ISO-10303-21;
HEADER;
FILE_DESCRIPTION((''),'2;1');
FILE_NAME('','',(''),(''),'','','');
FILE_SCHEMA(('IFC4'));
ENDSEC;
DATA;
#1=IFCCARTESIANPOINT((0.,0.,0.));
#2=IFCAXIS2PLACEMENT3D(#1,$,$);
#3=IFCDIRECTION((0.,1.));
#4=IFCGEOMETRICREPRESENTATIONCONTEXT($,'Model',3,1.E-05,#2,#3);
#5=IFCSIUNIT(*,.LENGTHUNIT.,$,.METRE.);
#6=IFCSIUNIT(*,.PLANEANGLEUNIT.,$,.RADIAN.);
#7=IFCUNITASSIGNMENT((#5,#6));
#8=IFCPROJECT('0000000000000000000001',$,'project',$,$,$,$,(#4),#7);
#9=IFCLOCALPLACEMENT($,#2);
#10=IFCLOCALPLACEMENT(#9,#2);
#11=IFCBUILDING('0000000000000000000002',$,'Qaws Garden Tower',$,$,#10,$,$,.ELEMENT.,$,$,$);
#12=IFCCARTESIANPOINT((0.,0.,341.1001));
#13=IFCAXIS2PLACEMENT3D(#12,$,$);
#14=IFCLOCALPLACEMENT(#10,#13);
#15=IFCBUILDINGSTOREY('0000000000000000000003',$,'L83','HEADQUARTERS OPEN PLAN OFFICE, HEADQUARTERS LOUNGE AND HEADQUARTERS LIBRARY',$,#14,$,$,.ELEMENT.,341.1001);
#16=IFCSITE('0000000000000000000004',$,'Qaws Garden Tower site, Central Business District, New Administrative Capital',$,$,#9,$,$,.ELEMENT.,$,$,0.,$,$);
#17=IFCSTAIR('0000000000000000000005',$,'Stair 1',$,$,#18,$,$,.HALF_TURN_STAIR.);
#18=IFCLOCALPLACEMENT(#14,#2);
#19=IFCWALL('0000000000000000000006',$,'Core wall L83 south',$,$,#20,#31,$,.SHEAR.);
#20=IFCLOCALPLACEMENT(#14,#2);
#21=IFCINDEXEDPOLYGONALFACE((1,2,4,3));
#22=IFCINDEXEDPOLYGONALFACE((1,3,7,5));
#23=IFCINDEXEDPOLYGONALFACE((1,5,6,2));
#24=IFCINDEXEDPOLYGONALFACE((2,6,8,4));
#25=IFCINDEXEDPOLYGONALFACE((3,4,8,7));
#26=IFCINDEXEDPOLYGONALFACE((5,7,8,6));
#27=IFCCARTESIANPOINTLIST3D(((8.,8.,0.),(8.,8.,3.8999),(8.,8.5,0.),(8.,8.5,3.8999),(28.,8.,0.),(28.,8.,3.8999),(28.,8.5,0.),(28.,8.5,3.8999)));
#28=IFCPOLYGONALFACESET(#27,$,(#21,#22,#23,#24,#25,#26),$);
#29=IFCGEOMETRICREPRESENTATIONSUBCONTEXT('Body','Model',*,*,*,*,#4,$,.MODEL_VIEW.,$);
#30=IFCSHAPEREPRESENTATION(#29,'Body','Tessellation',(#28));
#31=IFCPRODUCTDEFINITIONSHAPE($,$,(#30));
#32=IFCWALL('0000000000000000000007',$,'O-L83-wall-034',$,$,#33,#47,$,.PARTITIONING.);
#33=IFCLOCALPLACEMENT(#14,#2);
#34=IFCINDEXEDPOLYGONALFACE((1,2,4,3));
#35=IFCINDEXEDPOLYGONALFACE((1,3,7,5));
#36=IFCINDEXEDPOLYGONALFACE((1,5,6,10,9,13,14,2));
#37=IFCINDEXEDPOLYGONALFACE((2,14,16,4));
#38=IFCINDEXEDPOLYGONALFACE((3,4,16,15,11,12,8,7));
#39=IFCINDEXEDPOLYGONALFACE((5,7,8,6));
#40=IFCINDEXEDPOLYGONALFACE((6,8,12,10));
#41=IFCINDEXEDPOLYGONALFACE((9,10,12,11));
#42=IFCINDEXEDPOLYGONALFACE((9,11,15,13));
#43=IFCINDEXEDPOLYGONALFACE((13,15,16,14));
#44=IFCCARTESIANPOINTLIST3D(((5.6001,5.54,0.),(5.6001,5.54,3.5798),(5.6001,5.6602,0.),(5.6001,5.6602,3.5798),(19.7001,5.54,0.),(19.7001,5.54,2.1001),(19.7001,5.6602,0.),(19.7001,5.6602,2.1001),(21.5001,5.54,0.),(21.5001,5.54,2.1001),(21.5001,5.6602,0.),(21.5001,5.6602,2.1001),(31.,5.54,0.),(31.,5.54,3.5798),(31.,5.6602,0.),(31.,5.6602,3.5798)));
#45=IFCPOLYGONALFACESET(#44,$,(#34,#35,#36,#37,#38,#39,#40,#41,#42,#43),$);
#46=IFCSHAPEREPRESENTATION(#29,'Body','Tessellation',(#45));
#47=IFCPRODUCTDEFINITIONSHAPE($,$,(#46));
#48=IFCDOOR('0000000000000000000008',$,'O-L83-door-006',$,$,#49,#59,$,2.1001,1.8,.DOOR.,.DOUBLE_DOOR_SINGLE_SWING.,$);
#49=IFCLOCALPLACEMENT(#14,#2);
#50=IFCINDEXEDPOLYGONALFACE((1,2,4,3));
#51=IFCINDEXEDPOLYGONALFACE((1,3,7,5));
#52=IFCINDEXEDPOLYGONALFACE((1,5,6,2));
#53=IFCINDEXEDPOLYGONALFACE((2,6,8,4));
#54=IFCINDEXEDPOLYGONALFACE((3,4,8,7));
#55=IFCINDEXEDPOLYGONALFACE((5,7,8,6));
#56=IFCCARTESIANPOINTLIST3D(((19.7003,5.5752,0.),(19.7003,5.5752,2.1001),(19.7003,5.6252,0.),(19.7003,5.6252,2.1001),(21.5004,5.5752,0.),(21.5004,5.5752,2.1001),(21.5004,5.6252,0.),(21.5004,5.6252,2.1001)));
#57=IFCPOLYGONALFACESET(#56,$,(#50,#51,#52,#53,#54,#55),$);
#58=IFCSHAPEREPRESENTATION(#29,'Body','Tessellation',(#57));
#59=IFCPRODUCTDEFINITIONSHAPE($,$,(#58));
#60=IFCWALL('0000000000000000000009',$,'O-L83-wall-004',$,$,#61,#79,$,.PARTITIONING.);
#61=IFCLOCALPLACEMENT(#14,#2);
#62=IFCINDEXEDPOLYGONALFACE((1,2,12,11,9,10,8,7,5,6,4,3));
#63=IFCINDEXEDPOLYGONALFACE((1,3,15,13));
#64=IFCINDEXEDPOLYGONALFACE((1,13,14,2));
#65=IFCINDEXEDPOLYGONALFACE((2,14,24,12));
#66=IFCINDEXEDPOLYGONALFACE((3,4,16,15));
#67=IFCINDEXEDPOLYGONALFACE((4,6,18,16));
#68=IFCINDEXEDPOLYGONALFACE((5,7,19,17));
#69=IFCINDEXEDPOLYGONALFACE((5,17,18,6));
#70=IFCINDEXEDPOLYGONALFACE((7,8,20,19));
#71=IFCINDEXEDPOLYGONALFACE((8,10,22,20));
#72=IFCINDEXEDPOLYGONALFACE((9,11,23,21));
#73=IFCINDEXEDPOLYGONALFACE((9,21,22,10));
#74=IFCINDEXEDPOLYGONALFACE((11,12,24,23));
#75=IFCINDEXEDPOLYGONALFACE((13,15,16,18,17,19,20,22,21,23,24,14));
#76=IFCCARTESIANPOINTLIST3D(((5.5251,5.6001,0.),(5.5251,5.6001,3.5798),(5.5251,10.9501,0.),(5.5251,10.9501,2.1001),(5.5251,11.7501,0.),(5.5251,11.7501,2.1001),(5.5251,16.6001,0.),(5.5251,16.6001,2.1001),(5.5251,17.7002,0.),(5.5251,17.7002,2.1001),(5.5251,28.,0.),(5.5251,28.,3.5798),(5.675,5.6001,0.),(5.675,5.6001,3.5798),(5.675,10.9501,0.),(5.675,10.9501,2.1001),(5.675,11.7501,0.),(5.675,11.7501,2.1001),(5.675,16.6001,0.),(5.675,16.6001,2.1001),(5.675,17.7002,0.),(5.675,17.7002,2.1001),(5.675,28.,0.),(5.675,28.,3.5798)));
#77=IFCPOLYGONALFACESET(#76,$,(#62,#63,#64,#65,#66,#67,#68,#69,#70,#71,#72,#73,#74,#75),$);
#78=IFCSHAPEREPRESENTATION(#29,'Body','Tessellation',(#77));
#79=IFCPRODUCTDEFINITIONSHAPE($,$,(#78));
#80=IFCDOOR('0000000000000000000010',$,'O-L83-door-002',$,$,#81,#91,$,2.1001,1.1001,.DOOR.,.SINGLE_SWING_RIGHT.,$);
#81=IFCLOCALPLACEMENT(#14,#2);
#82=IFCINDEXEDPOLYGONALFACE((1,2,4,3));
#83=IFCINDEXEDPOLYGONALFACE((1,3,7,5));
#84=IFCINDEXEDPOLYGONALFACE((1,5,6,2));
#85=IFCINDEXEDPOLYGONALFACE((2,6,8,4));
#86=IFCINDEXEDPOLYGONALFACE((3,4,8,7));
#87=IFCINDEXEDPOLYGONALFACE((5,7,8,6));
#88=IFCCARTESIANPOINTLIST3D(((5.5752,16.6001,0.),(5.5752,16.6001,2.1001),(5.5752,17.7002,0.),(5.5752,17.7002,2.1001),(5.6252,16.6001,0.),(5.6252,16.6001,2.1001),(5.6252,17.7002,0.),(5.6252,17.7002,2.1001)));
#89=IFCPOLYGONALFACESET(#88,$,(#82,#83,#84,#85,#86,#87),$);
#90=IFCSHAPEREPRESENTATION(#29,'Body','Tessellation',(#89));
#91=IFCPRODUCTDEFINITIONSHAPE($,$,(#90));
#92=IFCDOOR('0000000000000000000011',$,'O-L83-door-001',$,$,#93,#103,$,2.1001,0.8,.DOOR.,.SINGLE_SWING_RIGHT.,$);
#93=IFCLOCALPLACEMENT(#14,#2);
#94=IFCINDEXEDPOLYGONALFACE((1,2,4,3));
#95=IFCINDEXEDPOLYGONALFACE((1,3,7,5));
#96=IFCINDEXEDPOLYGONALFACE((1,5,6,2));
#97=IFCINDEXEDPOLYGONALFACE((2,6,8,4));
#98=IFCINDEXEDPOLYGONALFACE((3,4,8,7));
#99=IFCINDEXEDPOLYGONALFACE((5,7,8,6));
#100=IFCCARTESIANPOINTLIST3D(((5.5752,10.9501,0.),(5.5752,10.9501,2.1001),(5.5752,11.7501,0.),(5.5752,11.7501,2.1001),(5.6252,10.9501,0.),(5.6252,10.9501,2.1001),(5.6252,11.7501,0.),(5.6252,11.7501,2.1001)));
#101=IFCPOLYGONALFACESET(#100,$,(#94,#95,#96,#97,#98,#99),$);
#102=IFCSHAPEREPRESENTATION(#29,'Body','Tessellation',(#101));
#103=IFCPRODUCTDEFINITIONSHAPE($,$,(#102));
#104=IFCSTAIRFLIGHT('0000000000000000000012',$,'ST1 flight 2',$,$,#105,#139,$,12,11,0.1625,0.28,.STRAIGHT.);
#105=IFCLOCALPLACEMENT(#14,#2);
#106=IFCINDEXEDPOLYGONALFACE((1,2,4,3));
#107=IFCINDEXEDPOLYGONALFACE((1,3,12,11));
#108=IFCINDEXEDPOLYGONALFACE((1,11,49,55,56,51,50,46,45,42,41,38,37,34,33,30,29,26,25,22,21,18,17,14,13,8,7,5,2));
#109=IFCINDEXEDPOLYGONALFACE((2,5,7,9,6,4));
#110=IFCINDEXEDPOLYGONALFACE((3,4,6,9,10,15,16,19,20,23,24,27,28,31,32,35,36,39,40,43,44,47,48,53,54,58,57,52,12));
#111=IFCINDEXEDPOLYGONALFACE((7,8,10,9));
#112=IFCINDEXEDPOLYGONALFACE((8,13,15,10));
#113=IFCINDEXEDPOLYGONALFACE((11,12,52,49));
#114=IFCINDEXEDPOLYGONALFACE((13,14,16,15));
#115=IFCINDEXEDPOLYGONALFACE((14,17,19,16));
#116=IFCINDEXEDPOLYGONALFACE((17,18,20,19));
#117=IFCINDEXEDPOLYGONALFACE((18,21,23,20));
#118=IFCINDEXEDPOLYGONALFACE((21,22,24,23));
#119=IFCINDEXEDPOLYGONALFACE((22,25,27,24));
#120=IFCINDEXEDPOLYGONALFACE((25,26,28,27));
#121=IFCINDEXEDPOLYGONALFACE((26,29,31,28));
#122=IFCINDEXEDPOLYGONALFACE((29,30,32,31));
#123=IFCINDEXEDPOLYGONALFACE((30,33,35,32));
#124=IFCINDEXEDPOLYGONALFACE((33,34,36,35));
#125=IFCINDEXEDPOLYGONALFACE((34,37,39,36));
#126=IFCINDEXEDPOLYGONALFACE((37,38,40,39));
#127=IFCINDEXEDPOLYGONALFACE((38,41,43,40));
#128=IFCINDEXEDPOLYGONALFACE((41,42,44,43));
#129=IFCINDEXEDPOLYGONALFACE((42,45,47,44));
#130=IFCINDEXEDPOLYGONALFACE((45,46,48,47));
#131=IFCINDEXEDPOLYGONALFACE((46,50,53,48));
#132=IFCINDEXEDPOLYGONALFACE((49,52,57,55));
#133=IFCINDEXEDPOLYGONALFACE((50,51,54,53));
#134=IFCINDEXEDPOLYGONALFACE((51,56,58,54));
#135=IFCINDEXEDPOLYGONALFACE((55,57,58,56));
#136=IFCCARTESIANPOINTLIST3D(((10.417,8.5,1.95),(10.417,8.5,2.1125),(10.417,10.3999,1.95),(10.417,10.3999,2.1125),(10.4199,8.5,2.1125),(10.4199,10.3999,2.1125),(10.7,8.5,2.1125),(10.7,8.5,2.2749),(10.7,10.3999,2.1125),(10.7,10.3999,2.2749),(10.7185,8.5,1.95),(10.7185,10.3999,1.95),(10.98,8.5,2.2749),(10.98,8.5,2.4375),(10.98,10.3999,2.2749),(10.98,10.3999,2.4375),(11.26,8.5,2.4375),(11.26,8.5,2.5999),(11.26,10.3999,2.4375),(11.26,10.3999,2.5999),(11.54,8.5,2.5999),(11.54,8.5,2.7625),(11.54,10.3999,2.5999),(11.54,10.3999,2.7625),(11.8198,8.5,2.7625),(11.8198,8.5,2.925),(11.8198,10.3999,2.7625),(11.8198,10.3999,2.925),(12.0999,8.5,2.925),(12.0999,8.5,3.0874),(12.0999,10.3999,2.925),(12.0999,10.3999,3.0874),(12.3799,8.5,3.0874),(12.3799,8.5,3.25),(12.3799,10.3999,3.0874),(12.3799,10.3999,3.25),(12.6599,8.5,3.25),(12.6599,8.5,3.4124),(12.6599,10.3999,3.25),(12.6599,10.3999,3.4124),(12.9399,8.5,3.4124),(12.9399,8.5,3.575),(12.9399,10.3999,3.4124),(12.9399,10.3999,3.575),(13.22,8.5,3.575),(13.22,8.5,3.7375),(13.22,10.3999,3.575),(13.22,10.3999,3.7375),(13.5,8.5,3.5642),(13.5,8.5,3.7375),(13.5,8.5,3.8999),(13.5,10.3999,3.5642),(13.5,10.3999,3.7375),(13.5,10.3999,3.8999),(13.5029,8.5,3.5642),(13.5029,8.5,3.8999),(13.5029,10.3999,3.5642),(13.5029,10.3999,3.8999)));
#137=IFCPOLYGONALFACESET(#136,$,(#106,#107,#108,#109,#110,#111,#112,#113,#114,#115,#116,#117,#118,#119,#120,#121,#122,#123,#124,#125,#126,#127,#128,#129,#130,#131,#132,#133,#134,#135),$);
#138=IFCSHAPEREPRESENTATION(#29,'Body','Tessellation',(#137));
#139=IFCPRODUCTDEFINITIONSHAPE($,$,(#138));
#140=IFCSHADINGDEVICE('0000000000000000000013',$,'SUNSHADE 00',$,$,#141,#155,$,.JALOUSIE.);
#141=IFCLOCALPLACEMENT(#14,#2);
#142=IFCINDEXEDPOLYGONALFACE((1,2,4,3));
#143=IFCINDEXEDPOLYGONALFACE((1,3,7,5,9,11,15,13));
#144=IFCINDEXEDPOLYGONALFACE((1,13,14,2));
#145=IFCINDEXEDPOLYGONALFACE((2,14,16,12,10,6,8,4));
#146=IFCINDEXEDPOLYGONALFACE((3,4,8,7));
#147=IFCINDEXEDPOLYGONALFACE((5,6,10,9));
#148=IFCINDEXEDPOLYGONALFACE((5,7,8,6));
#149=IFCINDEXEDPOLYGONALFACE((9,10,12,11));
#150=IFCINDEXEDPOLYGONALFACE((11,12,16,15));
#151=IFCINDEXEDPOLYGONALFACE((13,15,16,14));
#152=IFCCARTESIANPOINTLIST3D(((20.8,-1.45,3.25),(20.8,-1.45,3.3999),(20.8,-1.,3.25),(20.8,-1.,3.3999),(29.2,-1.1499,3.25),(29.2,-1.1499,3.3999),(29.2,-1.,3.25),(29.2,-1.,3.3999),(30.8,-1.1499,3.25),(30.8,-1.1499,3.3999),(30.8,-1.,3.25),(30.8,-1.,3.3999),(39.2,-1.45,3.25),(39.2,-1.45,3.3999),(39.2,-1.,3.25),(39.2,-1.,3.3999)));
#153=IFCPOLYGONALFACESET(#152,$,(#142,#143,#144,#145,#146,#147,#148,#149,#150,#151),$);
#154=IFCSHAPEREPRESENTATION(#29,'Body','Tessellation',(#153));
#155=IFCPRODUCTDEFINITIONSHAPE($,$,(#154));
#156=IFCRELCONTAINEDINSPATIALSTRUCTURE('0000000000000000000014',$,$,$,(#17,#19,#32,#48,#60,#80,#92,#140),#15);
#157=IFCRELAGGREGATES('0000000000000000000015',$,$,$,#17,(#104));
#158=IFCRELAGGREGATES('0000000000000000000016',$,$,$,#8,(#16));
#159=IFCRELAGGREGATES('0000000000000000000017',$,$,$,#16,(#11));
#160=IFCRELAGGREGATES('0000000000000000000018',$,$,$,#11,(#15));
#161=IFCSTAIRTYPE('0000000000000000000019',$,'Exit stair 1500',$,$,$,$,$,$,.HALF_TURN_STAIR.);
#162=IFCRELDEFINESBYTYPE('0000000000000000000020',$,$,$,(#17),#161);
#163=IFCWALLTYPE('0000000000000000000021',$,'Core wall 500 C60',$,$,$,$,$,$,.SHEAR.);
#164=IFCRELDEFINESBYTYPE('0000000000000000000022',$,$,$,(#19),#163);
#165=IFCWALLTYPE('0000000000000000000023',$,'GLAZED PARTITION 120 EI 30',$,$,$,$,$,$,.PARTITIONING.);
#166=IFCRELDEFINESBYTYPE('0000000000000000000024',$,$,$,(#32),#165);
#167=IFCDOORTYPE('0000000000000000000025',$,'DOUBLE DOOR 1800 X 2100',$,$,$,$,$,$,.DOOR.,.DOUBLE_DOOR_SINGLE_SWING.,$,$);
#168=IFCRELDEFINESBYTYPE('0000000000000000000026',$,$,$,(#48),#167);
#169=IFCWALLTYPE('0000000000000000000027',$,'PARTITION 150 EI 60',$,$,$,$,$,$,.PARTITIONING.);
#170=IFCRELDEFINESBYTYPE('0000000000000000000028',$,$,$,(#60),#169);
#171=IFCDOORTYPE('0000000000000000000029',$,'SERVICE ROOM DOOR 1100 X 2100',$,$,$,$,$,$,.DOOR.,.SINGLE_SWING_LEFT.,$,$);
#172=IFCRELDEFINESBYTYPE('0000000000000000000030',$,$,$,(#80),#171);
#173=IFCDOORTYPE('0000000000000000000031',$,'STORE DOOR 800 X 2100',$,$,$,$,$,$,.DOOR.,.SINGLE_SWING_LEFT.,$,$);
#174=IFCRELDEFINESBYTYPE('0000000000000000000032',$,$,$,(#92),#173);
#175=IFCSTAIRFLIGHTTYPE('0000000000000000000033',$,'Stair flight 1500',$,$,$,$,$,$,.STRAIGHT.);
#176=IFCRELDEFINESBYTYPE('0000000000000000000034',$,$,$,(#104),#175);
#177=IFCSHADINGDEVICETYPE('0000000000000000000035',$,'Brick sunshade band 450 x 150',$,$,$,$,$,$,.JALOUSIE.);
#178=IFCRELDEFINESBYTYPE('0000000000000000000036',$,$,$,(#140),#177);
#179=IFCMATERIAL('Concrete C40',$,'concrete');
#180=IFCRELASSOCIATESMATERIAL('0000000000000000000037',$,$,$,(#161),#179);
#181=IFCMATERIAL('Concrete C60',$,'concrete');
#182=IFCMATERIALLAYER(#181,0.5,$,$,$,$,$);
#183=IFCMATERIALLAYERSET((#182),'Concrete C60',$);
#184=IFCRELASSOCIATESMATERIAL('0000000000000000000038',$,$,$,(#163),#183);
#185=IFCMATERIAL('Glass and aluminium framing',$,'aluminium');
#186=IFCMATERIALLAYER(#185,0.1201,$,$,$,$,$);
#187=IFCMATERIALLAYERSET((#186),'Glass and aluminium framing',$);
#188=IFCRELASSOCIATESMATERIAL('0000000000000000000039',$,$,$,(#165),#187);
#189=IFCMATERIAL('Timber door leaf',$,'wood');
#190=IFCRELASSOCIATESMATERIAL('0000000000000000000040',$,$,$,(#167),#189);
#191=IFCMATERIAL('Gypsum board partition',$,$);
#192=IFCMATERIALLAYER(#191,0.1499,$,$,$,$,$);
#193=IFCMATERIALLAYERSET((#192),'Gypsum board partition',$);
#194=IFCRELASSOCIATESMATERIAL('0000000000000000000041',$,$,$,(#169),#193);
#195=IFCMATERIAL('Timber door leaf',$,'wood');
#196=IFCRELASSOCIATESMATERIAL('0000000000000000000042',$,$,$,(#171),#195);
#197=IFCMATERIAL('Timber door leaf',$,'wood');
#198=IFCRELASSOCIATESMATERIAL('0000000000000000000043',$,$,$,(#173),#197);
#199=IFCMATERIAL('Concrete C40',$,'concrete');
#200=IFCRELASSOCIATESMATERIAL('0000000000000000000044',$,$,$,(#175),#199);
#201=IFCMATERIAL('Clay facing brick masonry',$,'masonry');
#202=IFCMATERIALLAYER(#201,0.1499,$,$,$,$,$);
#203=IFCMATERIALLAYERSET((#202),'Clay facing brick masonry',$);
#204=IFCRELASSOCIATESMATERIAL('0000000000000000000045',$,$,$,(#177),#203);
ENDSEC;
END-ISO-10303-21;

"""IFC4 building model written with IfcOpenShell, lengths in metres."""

from ifc_helpers import new_model, si_unit, direction, frame, frame_2d, origin, place, context, subcontext, project, spatial, polyline, rectangle, outline, extrude, material, layer, layer_set, type_object, element, fill, aggregate, save


model = new_model("IFC4")

# Units and contexts
model_context = context("Model", 3, precision=1e-05, world=origin(), true_north=direction((0.0, 1.0)))
body_context = subcontext(model_context, "Body", "Model", "MODEL_VIEW")
ifc_project = project(units=[si_unit("LENGTHUNIT", "METRE"), si_unit("PLANEANGLEUNIT", "RADIAN")], contexts=[model_context])

# Site, building, storey
site_placement = place(None, origin())
site = spatial("IfcSite", under=ifc_project, at=site_placement, Name="Qaws Garden Tower site, Central Business District, New Administrative Capital", CompositionType="ELEMENT", RefElevation=0.0)
building_placement = place(site_placement, origin())
building = spatial("IfcBuilding", under=site, at=building_placement, Name="Qaws Garden Tower", CompositionType="ELEMENT")
storey_placement = place(building_placement, frame((0.0, 0.0, 341.1001)))
storey = spatial("IfcBuildingStorey", under=building, at=storey_placement, Name="L83", Description="HEADQUARTERS OPEN PLAN OFFICE, HEADQUARTERS LOUNGE AND HEADQUARTERS LIBRARY", CompositionType="ELEMENT", Elevation=341.1001)

# Stair
ifc_material_1 = material(Name="Concrete C40", Category="concrete")
stair_type_1 = type_object("IfcStairType", Name="Exit stair 1500", PredefinedType="HALF_TURN_STAIR", material=ifc_material_1)
placement_1 = place(storey_placement, origin())
stair_1 = element("IfcStair", 1, at=placement_1, inside=storey, type_object=stair_type_1, Name="Stair 1", PredefinedType="HALF_TURN_STAIR")

# Wall
ifc_material_2 = material(Name="Concrete C60", Category="concrete")
ifc_layer_1 = layer(ifc_material_2, 0.5)
ifc_layer_set_1 = layer_set([ifc_layer_1], Name="Concrete C60")
wall_type_1 = type_object("IfcWallType", Name="Core wall 500 C60", PredefinedType="SHEAR", material=ifc_layer_set_1)
wall_1_placement = place(storey_placement, frame((8.0, 8.25, 0.0), z_axis=(0.0, 0.0, 1.0), x_axis=(1.0, 0.0, 0.0)))
element("IfcWall", 2, at=wall_1_placement, inside=storey, type_object=wall_type_1, Name="Core wall L83 south", PredefinedType="SHEAR", context=body_context, shape_type="SweptSolid", body=[
    extrude(rectangle(XDim=20.0, YDim=0.5, at=frame_2d((10.0, 0.0))), origin(), (0.0, 0.0, 1.0), 3.8999),
])

# Wall, opening, door
ifc_material_3 = material(Name="Glass and aluminium framing", Category="aluminium")
ifc_layer_2 = layer(ifc_material_3, 0.1201)
ifc_layer_set_2 = layer_set([ifc_layer_2], Name="Glass and aluminium framing")
wall_type_2 = type_object("IfcWallType", Name="GLAZED PARTITION 120 EI 30", PredefinedType="PARTITIONING", material=ifc_layer_set_2)
wall_2_placement = place(storey_placement, frame((5.6001, 5.6001, 0.0), z_axis=(0.0, 0.0, 1.0), x_axis=(1.0, 0.0, 0.0)))
wall_2 = element("IfcWall", 3, at=wall_2_placement, inside=storey, type_object=wall_type_2, Name="O-L83-wall-034", PredefinedType="PARTITIONING", context=body_context, shape_type="SweptSolid", body=[
    extrude(rectangle(XDim=25.3999, YDim=0.1201, at=frame_2d((12.7, 0.0))), origin(), (0.0, 0.0, 1.0), 3.5798),
])
opening_1_placement = place(wall_2_placement, frame((14.1001, 0.0, 0.0)))
opening_1 = element("IfcOpeningElement", 4, at=opening_1_placement, cuts=wall_2, PredefinedType="OPENING", context=body_context, shape_type="SweptSolid", body=[
    extrude(rectangle(XDim=1.8, YDim=2.1001, at=frame_2d((0.8999, 1.05))), frame((0.0, 0.0701, 0.0), z_axis=(0.0, -1.0, 0.0), x_axis=(1.0, 0.0, 0.0)), (0.0, 0.0, 1.0), 0.1401),
])
ifc_material_4 = material(Name="Timber door leaf", Category="wood")
door_type_1 = type_object("IfcDoorType", Name="DOUBLE DOOR 1800 X 2100", OperationType="DOUBLE_DOOR_SINGLE_SWING", PredefinedType="DOOR", material=ifc_material_4)
door_1_placement = place(opening_1_placement, frame((1.8, 0.0, 0.0), z_axis=(0.0, 0.0, 1.0), x_axis=(-1.0, 0.0, 0.0)))
door_1 = element("IfcDoor", 5, at=door_1_placement, inside=storey, type_object=door_type_1, Name="O-L83-door-006", OperationType="DOUBLE_DOOR_SINGLE_SWING", OverallHeight=2.1001, OverallWidth=1.8, PredefinedType="DOOR", context=body_context, shape_type="SweptSolid", body=[
    extrude(rectangle(XDim=1.8, YDim=2.1001, at=frame_2d((0.8999, 1.05))), frame((0.0, 0.0249, 0.0), z_axis=(0.0, -1.0, 0.0), x_axis=(1.0, 0.0, 0.0)), (0.0, 0.0, 1.0), 0.05),
])
fill(opening_1, door_1)

# Wall, openings, doors
ifc_material_5 = material(Name="Gypsum board partition")
ifc_layer_3 = layer(ifc_material_5, 0.1499)
ifc_layer_set_3 = layer_set([ifc_layer_3], Name="Gypsum board partition")
wall_type_3 = type_object("IfcWallType", Name="PARTITION 150 EI 60", PredefinedType="PARTITIONING", material=ifc_layer_set_3)
wall_3_placement = place(storey_placement, frame((5.6001, 5.6001, 0.0), z_axis=(0.0, 0.0, 1.0), x_axis=(0.0, 1.0, 0.0)))
wall_3 = element("IfcWall", 6, at=wall_3_placement, inside=storey, type_object=wall_type_3, Name="O-L83-wall-004", PredefinedType="PARTITIONING", context=body_context, shape_type="SweptSolid", body=[
    extrude(rectangle(XDim=22.3999, YDim=0.1499, at=frame_2d((11.2, 0.0))), origin(), (0.0, 0.0, 1.0), 3.5798),
])
opening_2_placement = place(wall_3_placement, frame((5.3501, 0.0, 0.0)))
opening_2 = element("IfcOpeningElement", 7, at=opening_2_placement, cuts=wall_3, PredefinedType="OPENING", context=body_context, shape_type="SweptSolid", body=[
    extrude(rectangle(XDim=0.8, YDim=2.1001, at=frame_2d((0.3999, 1.05))), frame((0.0, 0.085, 0.0), z_axis=(0.0, -1.0, 0.0), x_axis=(1.0, 0.0, 0.0)), (0.0, 0.0, 1.0), 0.1699),
])
opening_3_placement = place(wall_3_placement, frame((11.0, 0.0, 0.0)))
opening_3 = element("IfcOpeningElement", 8, at=opening_3_placement, cuts=wall_3, PredefinedType="OPENING", context=body_context, shape_type="SweptSolid", body=[
    extrude(rectangle(XDim=1.1001, YDim=2.1001, at=frame_2d((0.55, 1.05))), frame((0.0, 0.085, 0.0), z_axis=(0.0, -1.0, 0.0), x_axis=(1.0, 0.0, 0.0)), (0.0, 0.0, 1.0), 0.1699),
])
ifc_material_6 = material(Name="Timber door leaf", Category="wood")
door_type_2 = type_object("IfcDoorType", Name="SERVICE ROOM DOOR 1100 X 2100", OperationType="SINGLE_SWING_LEFT", PredefinedType="DOOR", material=ifc_material_6)
door_2_placement = place(opening_3_placement, origin())
door_2 = element("IfcDoor", 9, at=door_2_placement, inside=storey, type_object=door_type_2, Name="O-L83-door-002", OperationType="SINGLE_SWING_RIGHT", OverallHeight=2.1001, OverallWidth=1.1001, PredefinedType="DOOR", context=body_context, shape_type="SweptSolid", body=[
    extrude(rectangle(XDim=1.1001, YDim=2.1001, at=frame_2d((0.55, 1.05))), frame((0.0, 0.0249, 0.0), z_axis=(0.0, -1.0, 0.0), x_axis=(1.0, 0.0, 0.0)), (0.0, 0.0, 1.0), 0.05),
])
fill(opening_3, door_2)
ifc_material_7 = material(Name="Timber door leaf", Category="wood")
door_type_3 = type_object("IfcDoorType", Name="STORE DOOR 800 X 2100", OperationType="SINGLE_SWING_LEFT", PredefinedType="DOOR", material=ifc_material_7)
door_3_placement = place(opening_2_placement, origin())
door_3 = element("IfcDoor", 10, at=door_3_placement, inside=storey, type_object=door_type_3, Name="O-L83-door-001", OperationType="SINGLE_SWING_RIGHT", OverallHeight=2.1001, OverallWidth=0.8, PredefinedType="DOOR", context=body_context, shape_type="SweptSolid", body=[
    extrude(rectangle(XDim=0.8, YDim=2.1001, at=frame_2d((0.3999, 1.05))), frame((0.0, 0.0249, 0.0), z_axis=(0.0, -1.0, 0.0), x_axis=(1.0, 0.0, 0.0)), (0.0, 0.0, 1.0), 0.05),
])
fill(opening_2, door_3)

# Stair flight
ifc_material_8 = material(Name="Concrete C40", Category="concrete")
stair_flight_type = type_object("IfcStairFlightType", Name="Stair flight 1500", PredefinedType="STRAIGHT", material=ifc_material_8)
stair_flight_placement = place(storey_placement, frame((10.4199, 9.45, 1.95), z_axis=(0.0, 0.0, 1.0), x_axis=(1.0, 0.0, 0.0)))
stair_flight = element("IfcStairFlight", 11, at=stair_flight_placement, type_object=stair_flight_type, Name="ST1 flight 2", NumberOfRisers=12, NumberOfTreads=11, PredefinedType="STRAIGHT", RiserHeight=0.1625, TreadLength=0.28, context=body_context, shape_type="SweptSolid", body=[
    extrude(outline(polyline([(-0.0029, 0.0), (-0.0029, 0.1626), (0.0, 0.1626), (0.28, 0.1626), (0.28, 0.325), (0.5601, 0.325), (0.5601, 0.4875), (0.8401, 0.4875), (0.8401, 0.6499), (1.1201, 0.6499), (1.1201, 0.8125), (1.3999, 0.8125), (1.3999, 0.9751), (1.6799, 0.9751), (1.6799, 1.1375), (1.96, 1.1375), (1.96, 1.3), (2.24, 1.3), (2.24, 1.4624), (2.52, 1.4624), (2.52, 1.625), (2.8, 1.625), (2.8, 1.7876), (3.0801, 1.7876), (3.0801, 1.95), (3.083, 1.95), (3.083, 1.6143), (3.0801, 1.6143), (0.2986, 0.0), (-0.0029, 0.0)])), frame((0.0, 0.95, 0.0), z_axis=(0.0, -1.0, 0.0), x_axis=(1.0, 0.0, 0.0)), (0.0, 0.0, 1.0), 1.8999),
])
aggregate(stair_1, [stair_flight])

# Shading device
ifc_material_9 = material(Name="Clay facing brick masonry", Category="masonry")
ifc_layer_4 = layer(ifc_material_9, 0.1499)
ifc_layer_set_4 = layer_set([ifc_layer_4], Name="Clay facing brick masonry")
shading_device_type = type_object("IfcShadingDeviceType", Name="Brick sunshade band 450 x 150", PredefinedType="JALOUSIE", material=ifc_layer_set_4)
shading_device_placement = place(storey_placement, frame((0.0, 0.0, 3.25)))
element("IfcShadingDevice", 12, at=shading_device_placement, inside=storey, type_object=shading_device_type, Name="SUNSHADE 00", PredefinedType="JALOUSIE", context=body_context, shape_type="SweptSolid", body=[
    extrude(outline(polyline([(20.8, -1.0), (20.8, -1.45), (39.2, -1.45), (39.2, -1.0), (30.8, -1.0), (30.8, -1.1499), (29.2, -1.1499), (29.2, -1.0), (20.8, -1.0)])), origin(), (0.0, 0.0, 1.0), 0.1499),
])

save(model, "model.ifc")
